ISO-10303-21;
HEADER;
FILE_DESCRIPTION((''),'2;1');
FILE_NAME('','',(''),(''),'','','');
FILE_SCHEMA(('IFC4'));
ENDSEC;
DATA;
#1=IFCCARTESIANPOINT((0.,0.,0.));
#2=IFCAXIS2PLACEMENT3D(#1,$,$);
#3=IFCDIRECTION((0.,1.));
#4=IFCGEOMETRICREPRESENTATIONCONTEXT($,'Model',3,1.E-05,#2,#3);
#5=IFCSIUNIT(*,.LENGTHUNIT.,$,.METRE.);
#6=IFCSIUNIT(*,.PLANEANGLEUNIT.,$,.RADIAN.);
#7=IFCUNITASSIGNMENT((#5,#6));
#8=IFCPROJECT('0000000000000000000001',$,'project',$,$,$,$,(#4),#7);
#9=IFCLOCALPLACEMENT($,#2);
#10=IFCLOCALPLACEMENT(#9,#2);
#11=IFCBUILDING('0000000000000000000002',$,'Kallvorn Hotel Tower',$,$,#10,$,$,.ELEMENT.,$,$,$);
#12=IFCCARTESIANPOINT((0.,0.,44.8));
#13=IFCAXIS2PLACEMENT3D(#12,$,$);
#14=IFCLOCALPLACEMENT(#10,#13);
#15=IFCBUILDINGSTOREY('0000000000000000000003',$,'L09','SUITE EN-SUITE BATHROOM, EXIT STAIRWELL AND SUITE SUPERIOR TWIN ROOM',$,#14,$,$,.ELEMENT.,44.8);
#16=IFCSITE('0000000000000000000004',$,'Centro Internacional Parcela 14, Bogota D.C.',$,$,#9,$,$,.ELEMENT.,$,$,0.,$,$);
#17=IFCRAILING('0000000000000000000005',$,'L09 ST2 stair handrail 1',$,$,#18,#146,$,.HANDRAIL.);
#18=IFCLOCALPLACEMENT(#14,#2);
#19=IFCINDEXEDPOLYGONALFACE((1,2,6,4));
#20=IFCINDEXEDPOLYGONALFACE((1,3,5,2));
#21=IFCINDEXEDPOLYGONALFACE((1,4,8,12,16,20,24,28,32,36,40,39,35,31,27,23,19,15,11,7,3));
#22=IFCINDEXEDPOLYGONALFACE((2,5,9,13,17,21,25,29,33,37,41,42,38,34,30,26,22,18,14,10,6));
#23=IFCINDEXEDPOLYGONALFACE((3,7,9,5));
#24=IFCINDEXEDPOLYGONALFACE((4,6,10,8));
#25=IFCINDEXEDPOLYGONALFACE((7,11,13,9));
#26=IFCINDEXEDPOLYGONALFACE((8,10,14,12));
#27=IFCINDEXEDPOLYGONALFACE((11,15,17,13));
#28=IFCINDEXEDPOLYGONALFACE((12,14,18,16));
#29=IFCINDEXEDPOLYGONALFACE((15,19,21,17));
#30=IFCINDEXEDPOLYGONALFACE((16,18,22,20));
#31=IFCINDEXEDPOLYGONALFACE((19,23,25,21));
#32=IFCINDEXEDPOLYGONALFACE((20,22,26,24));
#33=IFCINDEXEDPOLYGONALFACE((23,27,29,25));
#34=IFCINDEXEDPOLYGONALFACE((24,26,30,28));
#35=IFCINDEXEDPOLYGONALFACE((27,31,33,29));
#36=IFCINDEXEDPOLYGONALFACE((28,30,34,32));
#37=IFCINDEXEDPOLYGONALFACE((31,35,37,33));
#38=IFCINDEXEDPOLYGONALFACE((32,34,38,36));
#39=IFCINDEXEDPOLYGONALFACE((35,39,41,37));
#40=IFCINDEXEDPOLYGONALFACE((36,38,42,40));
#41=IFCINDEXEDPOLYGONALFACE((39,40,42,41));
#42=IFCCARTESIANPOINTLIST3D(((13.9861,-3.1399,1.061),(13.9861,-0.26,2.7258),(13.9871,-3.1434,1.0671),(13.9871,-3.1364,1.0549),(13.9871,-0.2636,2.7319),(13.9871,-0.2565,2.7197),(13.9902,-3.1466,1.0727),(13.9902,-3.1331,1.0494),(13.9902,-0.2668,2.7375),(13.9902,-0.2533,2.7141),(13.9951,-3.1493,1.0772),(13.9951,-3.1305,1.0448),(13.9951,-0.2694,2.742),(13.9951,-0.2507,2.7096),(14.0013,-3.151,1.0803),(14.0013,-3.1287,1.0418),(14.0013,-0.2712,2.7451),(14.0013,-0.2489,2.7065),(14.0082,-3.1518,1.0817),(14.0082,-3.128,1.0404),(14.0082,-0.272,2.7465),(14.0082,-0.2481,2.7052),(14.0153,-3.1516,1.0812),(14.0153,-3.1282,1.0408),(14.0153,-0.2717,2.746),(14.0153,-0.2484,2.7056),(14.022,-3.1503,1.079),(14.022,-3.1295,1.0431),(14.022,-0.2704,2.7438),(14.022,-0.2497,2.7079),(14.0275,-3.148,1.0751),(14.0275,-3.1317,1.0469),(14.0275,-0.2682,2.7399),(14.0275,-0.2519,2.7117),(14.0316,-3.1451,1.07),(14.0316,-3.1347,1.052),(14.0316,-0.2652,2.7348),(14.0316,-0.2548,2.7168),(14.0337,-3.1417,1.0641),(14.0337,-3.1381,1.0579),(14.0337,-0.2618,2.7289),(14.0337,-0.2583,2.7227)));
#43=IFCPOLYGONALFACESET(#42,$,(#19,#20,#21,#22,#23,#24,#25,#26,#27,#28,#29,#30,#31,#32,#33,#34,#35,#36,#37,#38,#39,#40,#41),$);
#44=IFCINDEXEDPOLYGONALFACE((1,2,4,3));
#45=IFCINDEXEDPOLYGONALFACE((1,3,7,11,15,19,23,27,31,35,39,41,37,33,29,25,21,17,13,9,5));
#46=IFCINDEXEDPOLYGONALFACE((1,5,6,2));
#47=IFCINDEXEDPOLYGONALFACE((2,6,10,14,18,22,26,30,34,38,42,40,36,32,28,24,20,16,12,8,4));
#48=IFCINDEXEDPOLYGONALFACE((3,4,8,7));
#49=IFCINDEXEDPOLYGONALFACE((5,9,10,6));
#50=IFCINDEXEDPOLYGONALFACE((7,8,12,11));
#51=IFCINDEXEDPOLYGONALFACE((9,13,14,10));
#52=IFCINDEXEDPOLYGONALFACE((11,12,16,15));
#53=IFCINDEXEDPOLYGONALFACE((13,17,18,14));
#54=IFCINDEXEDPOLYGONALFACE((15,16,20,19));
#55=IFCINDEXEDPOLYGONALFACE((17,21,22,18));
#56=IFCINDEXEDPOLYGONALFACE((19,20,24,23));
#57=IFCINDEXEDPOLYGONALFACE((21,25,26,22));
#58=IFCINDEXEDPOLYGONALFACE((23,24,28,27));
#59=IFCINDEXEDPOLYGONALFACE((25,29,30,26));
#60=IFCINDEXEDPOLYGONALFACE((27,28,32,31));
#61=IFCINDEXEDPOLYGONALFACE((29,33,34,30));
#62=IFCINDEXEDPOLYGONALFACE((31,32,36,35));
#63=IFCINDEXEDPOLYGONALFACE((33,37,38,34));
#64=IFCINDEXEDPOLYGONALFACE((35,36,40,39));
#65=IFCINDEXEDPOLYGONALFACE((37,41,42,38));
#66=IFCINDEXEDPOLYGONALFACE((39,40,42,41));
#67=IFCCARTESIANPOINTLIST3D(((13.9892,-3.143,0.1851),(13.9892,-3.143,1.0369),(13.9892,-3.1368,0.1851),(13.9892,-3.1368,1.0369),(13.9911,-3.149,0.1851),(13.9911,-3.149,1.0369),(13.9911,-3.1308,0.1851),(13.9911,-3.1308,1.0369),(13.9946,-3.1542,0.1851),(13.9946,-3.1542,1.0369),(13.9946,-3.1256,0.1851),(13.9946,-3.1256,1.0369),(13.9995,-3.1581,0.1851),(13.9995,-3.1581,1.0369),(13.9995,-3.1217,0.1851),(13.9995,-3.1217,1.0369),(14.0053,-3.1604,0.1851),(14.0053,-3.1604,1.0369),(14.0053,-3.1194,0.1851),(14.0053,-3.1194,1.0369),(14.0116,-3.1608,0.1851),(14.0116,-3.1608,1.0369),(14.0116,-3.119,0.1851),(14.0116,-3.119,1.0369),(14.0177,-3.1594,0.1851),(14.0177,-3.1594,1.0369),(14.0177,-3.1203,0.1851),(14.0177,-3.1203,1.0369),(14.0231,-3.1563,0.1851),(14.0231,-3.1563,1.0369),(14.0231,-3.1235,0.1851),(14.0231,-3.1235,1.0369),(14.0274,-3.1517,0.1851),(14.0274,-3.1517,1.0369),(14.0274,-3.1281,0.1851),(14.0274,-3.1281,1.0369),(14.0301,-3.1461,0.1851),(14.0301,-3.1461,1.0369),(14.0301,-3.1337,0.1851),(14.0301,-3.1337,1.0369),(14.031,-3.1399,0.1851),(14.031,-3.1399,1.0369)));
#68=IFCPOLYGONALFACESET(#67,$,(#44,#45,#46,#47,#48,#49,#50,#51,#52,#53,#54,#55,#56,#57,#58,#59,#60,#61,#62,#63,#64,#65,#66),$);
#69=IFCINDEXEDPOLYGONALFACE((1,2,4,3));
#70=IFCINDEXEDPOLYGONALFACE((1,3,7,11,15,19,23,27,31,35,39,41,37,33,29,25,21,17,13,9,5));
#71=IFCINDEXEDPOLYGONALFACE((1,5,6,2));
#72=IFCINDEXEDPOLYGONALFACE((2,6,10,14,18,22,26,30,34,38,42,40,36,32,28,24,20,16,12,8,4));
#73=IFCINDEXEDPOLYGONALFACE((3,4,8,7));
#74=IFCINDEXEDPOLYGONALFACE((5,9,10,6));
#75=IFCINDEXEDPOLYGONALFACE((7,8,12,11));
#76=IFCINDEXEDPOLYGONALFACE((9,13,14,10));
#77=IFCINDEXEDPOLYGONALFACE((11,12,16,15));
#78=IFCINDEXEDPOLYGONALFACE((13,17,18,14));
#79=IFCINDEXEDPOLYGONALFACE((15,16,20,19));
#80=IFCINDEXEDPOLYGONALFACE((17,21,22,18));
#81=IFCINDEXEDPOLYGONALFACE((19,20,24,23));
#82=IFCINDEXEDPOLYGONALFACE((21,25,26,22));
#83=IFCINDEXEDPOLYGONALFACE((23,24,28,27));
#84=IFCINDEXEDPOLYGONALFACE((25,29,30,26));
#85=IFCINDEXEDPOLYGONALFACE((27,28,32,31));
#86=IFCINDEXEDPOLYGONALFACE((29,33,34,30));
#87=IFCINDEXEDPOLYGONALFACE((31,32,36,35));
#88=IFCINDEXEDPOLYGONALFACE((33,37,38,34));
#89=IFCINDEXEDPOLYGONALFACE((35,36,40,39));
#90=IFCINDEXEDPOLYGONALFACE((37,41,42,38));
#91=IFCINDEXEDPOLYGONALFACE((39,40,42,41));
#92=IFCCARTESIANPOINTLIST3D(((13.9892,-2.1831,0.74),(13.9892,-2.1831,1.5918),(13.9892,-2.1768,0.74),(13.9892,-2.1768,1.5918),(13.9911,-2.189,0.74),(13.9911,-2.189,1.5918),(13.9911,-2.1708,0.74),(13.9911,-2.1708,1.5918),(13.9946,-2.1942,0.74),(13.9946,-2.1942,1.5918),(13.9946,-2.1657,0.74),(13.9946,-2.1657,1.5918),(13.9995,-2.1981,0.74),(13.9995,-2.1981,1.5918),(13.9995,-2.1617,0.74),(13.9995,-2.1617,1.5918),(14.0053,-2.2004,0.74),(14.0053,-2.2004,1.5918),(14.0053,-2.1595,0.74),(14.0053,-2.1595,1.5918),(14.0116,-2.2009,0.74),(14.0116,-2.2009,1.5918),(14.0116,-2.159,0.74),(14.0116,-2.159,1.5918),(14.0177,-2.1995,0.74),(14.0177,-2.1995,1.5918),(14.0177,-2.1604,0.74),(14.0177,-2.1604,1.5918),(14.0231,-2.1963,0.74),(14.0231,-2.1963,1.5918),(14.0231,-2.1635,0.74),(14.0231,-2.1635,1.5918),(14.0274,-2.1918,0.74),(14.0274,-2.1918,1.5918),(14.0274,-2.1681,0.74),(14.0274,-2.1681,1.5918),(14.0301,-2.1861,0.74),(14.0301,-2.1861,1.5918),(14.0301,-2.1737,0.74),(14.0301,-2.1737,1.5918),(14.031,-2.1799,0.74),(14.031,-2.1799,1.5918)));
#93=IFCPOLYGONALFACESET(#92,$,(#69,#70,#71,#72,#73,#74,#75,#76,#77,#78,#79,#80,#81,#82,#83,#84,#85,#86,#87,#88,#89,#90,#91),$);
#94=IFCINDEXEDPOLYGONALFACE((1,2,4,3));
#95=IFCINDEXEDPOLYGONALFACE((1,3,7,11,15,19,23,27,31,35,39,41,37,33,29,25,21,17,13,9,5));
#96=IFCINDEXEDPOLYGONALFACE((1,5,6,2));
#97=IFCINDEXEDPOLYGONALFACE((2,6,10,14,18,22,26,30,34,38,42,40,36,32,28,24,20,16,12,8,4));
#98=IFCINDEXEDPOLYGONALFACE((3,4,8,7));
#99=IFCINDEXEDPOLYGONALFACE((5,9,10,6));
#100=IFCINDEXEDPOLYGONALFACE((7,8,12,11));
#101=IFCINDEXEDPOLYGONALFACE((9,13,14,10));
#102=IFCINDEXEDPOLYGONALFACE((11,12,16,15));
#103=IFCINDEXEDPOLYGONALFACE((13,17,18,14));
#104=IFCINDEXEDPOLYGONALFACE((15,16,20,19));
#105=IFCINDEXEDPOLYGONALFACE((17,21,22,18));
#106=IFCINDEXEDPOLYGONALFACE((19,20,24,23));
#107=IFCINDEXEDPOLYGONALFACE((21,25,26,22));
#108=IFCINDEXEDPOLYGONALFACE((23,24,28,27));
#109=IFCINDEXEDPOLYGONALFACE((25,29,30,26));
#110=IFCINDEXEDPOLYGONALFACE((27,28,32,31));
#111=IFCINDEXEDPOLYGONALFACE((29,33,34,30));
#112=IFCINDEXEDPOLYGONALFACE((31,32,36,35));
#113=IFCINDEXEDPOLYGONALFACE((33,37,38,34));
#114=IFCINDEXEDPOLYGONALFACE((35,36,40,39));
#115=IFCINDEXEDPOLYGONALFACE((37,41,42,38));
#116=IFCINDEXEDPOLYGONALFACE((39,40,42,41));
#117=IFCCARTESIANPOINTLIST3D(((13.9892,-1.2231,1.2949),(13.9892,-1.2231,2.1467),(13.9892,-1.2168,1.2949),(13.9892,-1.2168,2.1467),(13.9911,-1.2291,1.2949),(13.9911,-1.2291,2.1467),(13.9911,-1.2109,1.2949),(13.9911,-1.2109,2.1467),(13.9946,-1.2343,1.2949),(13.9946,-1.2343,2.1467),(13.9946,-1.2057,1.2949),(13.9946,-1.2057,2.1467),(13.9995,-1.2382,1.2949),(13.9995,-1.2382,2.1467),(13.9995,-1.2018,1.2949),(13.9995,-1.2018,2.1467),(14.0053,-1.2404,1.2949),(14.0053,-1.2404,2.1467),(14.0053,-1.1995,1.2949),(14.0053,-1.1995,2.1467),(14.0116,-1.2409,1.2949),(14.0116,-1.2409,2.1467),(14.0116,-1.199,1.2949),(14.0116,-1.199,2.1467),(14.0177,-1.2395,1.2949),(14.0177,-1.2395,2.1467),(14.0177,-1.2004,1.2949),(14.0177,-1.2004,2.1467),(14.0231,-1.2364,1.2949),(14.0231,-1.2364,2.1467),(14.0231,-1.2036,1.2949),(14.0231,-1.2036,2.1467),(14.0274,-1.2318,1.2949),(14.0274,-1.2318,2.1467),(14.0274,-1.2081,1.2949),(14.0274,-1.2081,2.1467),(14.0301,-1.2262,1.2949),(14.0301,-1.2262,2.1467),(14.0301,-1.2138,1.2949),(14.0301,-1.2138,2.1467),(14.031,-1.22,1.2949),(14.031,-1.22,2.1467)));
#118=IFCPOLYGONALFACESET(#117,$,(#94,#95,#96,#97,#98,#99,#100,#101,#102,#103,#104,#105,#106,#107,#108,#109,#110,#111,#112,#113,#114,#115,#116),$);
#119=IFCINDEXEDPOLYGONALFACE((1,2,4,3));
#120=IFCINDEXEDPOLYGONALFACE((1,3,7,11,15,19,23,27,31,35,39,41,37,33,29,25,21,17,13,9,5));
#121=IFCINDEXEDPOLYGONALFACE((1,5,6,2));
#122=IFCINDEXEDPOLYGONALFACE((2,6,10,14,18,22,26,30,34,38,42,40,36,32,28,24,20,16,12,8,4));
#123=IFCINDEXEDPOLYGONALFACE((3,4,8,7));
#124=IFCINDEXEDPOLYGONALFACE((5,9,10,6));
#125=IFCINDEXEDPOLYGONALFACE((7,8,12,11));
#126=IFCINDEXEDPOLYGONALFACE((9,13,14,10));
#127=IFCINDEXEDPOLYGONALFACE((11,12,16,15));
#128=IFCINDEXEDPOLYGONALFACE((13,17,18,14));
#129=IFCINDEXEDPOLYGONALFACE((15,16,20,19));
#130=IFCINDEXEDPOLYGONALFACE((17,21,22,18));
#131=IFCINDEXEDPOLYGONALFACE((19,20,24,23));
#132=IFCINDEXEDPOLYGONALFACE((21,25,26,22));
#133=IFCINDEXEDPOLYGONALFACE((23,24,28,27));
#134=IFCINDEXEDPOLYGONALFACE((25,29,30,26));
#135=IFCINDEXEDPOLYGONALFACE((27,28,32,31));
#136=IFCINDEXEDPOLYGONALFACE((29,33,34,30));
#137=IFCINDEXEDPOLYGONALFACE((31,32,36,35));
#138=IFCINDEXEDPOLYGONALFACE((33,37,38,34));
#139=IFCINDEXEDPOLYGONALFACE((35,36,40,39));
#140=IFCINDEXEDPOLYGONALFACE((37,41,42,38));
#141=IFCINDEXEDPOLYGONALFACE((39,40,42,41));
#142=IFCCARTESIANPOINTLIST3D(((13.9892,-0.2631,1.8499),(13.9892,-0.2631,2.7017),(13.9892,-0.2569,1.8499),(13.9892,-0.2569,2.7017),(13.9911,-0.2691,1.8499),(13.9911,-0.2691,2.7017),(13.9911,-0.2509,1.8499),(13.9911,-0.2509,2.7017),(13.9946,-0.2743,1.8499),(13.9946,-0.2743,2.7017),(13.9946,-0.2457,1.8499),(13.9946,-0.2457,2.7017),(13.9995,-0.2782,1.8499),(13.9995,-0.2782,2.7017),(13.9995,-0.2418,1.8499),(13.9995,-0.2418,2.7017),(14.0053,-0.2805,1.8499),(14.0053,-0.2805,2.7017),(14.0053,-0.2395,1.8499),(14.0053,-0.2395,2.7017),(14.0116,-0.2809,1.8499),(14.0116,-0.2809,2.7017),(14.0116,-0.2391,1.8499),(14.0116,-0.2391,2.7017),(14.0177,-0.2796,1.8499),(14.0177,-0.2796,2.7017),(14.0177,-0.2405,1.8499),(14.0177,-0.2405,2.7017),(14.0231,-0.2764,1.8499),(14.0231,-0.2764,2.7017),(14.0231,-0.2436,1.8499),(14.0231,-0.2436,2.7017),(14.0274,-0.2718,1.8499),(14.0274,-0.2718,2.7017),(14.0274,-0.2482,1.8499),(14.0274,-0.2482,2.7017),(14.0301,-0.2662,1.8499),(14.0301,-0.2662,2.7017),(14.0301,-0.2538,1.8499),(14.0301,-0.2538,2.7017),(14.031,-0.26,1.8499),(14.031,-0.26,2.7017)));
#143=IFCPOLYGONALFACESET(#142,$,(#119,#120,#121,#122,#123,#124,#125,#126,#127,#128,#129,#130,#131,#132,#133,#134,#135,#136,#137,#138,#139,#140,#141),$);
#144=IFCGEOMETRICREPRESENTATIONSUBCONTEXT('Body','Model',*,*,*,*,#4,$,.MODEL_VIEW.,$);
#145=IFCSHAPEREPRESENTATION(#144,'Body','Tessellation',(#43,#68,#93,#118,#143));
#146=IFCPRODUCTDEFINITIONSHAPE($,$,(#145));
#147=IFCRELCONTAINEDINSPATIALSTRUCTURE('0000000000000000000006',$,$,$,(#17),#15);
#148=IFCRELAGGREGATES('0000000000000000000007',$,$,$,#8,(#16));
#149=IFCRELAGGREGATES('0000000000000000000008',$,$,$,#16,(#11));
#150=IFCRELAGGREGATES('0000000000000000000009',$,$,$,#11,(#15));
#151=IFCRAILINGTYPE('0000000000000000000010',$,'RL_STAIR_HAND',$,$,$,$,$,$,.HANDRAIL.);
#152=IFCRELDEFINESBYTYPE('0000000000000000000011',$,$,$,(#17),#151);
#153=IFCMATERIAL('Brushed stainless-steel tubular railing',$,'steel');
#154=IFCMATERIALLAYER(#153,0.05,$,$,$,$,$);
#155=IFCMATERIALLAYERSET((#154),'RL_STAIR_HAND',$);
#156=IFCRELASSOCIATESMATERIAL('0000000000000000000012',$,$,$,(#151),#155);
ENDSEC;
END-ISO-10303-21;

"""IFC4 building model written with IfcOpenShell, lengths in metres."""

from ifc_helpers import new_model, si_unit, direction, frame, origin, origin_2d, place, context, subcontext, project, spatial, circle, extrude, material, layer, layer_set, type_object, element, save


model = new_model("IFC4")

# Units and contexts
model_context = context("Model", 3, precision=1e-05, world=origin(), true_north=direction((0.0, 1.0)))
body_context = subcontext(model_context, "Body", "Model", "MODEL_VIEW")
ifc_project = project(units=[si_unit("LENGTHUNIT", "METRE"), si_unit("PLANEANGLEUNIT", "RADIAN")], contexts=[model_context])

# Site, building, storey
site_placement = place(None, origin())
site = spatial("IfcSite", under=ifc_project, at=site_placement, Name="Centro Internacional Parcela 14, Bogota D.C.", CompositionType="ELEMENT", RefElevation=0.0)
building_placement = place(site_placement, origin())
building = spatial("IfcBuilding", under=site, at=building_placement, Name="Kallvorn Hotel Tower", CompositionType="ELEMENT")
storey_placement = place(building_placement, frame((0.0, 0.0, 44.8)))
storey = spatial("IfcBuildingStorey", under=building, at=storey_placement, Name="L09", Description="SUITE EN-SUITE BATHROOM, EXIT STAIRWELL AND SUITE SUPERIOR TWIN ROOM", CompositionType="ELEMENT", Elevation=44.8)

# Railing
ifc_material_1 = material(Name="Brushed stainless-steel tubular railing", Category="steel")
ifc_layer_1 = layer(ifc_material_1, 0.05)
ifc_layer_set_1 = layer_set([ifc_layer_1], Name="RL_STAIR_HAND")
railing_type_1 = type_object("IfcRailingType", Name="RL_STAIR_HAND", PredefinedType="HANDRAIL", material=ifc_layer_set_1)
railing_1_placement = place(storey_placement, frame((14.01, -3.1399, 0.1851)))
element("IfcRailing", 1, at=railing_1_placement, inside=storey, type_object=railing_type_1, Name="L09 ST2 stair handrail 1", PredefinedType="HANDRAIL", context=body_context, shape_type="SweptSolid", body=[
    extrude(circle(Radius=0.0239, at=origin_2d()), frame((0.0, 0.0, 0.876), z_axis=(0.0, 0.865753, 0.500472), x_axis=(-1.0, 0.0, 0.0)), (0.0, 0.0, 1.0), 3.3264),
    extrude(circle(Radius=0.021, at=origin_2d()), origin(), (0.0, 0.0, 1.0), 0.8518),
    extrude(circle(Radius=0.021, at=origin_2d()), frame((0.0, 0.96, 0.5549)), (0.0, 0.0, 1.0), 0.8518),
    extrude(circle(Radius=0.021, at=origin_2d()), frame((0.0, 1.9199, 1.1099)), (0.0, 0.0, 1.0), 0.8518),
    extrude(circle(Radius=0.021, at=origin_2d()), frame((0.0, 2.8799, 1.6648)), (0.0, 0.0, 1.0), 0.8518),
])

save(model, "model.ifc")
